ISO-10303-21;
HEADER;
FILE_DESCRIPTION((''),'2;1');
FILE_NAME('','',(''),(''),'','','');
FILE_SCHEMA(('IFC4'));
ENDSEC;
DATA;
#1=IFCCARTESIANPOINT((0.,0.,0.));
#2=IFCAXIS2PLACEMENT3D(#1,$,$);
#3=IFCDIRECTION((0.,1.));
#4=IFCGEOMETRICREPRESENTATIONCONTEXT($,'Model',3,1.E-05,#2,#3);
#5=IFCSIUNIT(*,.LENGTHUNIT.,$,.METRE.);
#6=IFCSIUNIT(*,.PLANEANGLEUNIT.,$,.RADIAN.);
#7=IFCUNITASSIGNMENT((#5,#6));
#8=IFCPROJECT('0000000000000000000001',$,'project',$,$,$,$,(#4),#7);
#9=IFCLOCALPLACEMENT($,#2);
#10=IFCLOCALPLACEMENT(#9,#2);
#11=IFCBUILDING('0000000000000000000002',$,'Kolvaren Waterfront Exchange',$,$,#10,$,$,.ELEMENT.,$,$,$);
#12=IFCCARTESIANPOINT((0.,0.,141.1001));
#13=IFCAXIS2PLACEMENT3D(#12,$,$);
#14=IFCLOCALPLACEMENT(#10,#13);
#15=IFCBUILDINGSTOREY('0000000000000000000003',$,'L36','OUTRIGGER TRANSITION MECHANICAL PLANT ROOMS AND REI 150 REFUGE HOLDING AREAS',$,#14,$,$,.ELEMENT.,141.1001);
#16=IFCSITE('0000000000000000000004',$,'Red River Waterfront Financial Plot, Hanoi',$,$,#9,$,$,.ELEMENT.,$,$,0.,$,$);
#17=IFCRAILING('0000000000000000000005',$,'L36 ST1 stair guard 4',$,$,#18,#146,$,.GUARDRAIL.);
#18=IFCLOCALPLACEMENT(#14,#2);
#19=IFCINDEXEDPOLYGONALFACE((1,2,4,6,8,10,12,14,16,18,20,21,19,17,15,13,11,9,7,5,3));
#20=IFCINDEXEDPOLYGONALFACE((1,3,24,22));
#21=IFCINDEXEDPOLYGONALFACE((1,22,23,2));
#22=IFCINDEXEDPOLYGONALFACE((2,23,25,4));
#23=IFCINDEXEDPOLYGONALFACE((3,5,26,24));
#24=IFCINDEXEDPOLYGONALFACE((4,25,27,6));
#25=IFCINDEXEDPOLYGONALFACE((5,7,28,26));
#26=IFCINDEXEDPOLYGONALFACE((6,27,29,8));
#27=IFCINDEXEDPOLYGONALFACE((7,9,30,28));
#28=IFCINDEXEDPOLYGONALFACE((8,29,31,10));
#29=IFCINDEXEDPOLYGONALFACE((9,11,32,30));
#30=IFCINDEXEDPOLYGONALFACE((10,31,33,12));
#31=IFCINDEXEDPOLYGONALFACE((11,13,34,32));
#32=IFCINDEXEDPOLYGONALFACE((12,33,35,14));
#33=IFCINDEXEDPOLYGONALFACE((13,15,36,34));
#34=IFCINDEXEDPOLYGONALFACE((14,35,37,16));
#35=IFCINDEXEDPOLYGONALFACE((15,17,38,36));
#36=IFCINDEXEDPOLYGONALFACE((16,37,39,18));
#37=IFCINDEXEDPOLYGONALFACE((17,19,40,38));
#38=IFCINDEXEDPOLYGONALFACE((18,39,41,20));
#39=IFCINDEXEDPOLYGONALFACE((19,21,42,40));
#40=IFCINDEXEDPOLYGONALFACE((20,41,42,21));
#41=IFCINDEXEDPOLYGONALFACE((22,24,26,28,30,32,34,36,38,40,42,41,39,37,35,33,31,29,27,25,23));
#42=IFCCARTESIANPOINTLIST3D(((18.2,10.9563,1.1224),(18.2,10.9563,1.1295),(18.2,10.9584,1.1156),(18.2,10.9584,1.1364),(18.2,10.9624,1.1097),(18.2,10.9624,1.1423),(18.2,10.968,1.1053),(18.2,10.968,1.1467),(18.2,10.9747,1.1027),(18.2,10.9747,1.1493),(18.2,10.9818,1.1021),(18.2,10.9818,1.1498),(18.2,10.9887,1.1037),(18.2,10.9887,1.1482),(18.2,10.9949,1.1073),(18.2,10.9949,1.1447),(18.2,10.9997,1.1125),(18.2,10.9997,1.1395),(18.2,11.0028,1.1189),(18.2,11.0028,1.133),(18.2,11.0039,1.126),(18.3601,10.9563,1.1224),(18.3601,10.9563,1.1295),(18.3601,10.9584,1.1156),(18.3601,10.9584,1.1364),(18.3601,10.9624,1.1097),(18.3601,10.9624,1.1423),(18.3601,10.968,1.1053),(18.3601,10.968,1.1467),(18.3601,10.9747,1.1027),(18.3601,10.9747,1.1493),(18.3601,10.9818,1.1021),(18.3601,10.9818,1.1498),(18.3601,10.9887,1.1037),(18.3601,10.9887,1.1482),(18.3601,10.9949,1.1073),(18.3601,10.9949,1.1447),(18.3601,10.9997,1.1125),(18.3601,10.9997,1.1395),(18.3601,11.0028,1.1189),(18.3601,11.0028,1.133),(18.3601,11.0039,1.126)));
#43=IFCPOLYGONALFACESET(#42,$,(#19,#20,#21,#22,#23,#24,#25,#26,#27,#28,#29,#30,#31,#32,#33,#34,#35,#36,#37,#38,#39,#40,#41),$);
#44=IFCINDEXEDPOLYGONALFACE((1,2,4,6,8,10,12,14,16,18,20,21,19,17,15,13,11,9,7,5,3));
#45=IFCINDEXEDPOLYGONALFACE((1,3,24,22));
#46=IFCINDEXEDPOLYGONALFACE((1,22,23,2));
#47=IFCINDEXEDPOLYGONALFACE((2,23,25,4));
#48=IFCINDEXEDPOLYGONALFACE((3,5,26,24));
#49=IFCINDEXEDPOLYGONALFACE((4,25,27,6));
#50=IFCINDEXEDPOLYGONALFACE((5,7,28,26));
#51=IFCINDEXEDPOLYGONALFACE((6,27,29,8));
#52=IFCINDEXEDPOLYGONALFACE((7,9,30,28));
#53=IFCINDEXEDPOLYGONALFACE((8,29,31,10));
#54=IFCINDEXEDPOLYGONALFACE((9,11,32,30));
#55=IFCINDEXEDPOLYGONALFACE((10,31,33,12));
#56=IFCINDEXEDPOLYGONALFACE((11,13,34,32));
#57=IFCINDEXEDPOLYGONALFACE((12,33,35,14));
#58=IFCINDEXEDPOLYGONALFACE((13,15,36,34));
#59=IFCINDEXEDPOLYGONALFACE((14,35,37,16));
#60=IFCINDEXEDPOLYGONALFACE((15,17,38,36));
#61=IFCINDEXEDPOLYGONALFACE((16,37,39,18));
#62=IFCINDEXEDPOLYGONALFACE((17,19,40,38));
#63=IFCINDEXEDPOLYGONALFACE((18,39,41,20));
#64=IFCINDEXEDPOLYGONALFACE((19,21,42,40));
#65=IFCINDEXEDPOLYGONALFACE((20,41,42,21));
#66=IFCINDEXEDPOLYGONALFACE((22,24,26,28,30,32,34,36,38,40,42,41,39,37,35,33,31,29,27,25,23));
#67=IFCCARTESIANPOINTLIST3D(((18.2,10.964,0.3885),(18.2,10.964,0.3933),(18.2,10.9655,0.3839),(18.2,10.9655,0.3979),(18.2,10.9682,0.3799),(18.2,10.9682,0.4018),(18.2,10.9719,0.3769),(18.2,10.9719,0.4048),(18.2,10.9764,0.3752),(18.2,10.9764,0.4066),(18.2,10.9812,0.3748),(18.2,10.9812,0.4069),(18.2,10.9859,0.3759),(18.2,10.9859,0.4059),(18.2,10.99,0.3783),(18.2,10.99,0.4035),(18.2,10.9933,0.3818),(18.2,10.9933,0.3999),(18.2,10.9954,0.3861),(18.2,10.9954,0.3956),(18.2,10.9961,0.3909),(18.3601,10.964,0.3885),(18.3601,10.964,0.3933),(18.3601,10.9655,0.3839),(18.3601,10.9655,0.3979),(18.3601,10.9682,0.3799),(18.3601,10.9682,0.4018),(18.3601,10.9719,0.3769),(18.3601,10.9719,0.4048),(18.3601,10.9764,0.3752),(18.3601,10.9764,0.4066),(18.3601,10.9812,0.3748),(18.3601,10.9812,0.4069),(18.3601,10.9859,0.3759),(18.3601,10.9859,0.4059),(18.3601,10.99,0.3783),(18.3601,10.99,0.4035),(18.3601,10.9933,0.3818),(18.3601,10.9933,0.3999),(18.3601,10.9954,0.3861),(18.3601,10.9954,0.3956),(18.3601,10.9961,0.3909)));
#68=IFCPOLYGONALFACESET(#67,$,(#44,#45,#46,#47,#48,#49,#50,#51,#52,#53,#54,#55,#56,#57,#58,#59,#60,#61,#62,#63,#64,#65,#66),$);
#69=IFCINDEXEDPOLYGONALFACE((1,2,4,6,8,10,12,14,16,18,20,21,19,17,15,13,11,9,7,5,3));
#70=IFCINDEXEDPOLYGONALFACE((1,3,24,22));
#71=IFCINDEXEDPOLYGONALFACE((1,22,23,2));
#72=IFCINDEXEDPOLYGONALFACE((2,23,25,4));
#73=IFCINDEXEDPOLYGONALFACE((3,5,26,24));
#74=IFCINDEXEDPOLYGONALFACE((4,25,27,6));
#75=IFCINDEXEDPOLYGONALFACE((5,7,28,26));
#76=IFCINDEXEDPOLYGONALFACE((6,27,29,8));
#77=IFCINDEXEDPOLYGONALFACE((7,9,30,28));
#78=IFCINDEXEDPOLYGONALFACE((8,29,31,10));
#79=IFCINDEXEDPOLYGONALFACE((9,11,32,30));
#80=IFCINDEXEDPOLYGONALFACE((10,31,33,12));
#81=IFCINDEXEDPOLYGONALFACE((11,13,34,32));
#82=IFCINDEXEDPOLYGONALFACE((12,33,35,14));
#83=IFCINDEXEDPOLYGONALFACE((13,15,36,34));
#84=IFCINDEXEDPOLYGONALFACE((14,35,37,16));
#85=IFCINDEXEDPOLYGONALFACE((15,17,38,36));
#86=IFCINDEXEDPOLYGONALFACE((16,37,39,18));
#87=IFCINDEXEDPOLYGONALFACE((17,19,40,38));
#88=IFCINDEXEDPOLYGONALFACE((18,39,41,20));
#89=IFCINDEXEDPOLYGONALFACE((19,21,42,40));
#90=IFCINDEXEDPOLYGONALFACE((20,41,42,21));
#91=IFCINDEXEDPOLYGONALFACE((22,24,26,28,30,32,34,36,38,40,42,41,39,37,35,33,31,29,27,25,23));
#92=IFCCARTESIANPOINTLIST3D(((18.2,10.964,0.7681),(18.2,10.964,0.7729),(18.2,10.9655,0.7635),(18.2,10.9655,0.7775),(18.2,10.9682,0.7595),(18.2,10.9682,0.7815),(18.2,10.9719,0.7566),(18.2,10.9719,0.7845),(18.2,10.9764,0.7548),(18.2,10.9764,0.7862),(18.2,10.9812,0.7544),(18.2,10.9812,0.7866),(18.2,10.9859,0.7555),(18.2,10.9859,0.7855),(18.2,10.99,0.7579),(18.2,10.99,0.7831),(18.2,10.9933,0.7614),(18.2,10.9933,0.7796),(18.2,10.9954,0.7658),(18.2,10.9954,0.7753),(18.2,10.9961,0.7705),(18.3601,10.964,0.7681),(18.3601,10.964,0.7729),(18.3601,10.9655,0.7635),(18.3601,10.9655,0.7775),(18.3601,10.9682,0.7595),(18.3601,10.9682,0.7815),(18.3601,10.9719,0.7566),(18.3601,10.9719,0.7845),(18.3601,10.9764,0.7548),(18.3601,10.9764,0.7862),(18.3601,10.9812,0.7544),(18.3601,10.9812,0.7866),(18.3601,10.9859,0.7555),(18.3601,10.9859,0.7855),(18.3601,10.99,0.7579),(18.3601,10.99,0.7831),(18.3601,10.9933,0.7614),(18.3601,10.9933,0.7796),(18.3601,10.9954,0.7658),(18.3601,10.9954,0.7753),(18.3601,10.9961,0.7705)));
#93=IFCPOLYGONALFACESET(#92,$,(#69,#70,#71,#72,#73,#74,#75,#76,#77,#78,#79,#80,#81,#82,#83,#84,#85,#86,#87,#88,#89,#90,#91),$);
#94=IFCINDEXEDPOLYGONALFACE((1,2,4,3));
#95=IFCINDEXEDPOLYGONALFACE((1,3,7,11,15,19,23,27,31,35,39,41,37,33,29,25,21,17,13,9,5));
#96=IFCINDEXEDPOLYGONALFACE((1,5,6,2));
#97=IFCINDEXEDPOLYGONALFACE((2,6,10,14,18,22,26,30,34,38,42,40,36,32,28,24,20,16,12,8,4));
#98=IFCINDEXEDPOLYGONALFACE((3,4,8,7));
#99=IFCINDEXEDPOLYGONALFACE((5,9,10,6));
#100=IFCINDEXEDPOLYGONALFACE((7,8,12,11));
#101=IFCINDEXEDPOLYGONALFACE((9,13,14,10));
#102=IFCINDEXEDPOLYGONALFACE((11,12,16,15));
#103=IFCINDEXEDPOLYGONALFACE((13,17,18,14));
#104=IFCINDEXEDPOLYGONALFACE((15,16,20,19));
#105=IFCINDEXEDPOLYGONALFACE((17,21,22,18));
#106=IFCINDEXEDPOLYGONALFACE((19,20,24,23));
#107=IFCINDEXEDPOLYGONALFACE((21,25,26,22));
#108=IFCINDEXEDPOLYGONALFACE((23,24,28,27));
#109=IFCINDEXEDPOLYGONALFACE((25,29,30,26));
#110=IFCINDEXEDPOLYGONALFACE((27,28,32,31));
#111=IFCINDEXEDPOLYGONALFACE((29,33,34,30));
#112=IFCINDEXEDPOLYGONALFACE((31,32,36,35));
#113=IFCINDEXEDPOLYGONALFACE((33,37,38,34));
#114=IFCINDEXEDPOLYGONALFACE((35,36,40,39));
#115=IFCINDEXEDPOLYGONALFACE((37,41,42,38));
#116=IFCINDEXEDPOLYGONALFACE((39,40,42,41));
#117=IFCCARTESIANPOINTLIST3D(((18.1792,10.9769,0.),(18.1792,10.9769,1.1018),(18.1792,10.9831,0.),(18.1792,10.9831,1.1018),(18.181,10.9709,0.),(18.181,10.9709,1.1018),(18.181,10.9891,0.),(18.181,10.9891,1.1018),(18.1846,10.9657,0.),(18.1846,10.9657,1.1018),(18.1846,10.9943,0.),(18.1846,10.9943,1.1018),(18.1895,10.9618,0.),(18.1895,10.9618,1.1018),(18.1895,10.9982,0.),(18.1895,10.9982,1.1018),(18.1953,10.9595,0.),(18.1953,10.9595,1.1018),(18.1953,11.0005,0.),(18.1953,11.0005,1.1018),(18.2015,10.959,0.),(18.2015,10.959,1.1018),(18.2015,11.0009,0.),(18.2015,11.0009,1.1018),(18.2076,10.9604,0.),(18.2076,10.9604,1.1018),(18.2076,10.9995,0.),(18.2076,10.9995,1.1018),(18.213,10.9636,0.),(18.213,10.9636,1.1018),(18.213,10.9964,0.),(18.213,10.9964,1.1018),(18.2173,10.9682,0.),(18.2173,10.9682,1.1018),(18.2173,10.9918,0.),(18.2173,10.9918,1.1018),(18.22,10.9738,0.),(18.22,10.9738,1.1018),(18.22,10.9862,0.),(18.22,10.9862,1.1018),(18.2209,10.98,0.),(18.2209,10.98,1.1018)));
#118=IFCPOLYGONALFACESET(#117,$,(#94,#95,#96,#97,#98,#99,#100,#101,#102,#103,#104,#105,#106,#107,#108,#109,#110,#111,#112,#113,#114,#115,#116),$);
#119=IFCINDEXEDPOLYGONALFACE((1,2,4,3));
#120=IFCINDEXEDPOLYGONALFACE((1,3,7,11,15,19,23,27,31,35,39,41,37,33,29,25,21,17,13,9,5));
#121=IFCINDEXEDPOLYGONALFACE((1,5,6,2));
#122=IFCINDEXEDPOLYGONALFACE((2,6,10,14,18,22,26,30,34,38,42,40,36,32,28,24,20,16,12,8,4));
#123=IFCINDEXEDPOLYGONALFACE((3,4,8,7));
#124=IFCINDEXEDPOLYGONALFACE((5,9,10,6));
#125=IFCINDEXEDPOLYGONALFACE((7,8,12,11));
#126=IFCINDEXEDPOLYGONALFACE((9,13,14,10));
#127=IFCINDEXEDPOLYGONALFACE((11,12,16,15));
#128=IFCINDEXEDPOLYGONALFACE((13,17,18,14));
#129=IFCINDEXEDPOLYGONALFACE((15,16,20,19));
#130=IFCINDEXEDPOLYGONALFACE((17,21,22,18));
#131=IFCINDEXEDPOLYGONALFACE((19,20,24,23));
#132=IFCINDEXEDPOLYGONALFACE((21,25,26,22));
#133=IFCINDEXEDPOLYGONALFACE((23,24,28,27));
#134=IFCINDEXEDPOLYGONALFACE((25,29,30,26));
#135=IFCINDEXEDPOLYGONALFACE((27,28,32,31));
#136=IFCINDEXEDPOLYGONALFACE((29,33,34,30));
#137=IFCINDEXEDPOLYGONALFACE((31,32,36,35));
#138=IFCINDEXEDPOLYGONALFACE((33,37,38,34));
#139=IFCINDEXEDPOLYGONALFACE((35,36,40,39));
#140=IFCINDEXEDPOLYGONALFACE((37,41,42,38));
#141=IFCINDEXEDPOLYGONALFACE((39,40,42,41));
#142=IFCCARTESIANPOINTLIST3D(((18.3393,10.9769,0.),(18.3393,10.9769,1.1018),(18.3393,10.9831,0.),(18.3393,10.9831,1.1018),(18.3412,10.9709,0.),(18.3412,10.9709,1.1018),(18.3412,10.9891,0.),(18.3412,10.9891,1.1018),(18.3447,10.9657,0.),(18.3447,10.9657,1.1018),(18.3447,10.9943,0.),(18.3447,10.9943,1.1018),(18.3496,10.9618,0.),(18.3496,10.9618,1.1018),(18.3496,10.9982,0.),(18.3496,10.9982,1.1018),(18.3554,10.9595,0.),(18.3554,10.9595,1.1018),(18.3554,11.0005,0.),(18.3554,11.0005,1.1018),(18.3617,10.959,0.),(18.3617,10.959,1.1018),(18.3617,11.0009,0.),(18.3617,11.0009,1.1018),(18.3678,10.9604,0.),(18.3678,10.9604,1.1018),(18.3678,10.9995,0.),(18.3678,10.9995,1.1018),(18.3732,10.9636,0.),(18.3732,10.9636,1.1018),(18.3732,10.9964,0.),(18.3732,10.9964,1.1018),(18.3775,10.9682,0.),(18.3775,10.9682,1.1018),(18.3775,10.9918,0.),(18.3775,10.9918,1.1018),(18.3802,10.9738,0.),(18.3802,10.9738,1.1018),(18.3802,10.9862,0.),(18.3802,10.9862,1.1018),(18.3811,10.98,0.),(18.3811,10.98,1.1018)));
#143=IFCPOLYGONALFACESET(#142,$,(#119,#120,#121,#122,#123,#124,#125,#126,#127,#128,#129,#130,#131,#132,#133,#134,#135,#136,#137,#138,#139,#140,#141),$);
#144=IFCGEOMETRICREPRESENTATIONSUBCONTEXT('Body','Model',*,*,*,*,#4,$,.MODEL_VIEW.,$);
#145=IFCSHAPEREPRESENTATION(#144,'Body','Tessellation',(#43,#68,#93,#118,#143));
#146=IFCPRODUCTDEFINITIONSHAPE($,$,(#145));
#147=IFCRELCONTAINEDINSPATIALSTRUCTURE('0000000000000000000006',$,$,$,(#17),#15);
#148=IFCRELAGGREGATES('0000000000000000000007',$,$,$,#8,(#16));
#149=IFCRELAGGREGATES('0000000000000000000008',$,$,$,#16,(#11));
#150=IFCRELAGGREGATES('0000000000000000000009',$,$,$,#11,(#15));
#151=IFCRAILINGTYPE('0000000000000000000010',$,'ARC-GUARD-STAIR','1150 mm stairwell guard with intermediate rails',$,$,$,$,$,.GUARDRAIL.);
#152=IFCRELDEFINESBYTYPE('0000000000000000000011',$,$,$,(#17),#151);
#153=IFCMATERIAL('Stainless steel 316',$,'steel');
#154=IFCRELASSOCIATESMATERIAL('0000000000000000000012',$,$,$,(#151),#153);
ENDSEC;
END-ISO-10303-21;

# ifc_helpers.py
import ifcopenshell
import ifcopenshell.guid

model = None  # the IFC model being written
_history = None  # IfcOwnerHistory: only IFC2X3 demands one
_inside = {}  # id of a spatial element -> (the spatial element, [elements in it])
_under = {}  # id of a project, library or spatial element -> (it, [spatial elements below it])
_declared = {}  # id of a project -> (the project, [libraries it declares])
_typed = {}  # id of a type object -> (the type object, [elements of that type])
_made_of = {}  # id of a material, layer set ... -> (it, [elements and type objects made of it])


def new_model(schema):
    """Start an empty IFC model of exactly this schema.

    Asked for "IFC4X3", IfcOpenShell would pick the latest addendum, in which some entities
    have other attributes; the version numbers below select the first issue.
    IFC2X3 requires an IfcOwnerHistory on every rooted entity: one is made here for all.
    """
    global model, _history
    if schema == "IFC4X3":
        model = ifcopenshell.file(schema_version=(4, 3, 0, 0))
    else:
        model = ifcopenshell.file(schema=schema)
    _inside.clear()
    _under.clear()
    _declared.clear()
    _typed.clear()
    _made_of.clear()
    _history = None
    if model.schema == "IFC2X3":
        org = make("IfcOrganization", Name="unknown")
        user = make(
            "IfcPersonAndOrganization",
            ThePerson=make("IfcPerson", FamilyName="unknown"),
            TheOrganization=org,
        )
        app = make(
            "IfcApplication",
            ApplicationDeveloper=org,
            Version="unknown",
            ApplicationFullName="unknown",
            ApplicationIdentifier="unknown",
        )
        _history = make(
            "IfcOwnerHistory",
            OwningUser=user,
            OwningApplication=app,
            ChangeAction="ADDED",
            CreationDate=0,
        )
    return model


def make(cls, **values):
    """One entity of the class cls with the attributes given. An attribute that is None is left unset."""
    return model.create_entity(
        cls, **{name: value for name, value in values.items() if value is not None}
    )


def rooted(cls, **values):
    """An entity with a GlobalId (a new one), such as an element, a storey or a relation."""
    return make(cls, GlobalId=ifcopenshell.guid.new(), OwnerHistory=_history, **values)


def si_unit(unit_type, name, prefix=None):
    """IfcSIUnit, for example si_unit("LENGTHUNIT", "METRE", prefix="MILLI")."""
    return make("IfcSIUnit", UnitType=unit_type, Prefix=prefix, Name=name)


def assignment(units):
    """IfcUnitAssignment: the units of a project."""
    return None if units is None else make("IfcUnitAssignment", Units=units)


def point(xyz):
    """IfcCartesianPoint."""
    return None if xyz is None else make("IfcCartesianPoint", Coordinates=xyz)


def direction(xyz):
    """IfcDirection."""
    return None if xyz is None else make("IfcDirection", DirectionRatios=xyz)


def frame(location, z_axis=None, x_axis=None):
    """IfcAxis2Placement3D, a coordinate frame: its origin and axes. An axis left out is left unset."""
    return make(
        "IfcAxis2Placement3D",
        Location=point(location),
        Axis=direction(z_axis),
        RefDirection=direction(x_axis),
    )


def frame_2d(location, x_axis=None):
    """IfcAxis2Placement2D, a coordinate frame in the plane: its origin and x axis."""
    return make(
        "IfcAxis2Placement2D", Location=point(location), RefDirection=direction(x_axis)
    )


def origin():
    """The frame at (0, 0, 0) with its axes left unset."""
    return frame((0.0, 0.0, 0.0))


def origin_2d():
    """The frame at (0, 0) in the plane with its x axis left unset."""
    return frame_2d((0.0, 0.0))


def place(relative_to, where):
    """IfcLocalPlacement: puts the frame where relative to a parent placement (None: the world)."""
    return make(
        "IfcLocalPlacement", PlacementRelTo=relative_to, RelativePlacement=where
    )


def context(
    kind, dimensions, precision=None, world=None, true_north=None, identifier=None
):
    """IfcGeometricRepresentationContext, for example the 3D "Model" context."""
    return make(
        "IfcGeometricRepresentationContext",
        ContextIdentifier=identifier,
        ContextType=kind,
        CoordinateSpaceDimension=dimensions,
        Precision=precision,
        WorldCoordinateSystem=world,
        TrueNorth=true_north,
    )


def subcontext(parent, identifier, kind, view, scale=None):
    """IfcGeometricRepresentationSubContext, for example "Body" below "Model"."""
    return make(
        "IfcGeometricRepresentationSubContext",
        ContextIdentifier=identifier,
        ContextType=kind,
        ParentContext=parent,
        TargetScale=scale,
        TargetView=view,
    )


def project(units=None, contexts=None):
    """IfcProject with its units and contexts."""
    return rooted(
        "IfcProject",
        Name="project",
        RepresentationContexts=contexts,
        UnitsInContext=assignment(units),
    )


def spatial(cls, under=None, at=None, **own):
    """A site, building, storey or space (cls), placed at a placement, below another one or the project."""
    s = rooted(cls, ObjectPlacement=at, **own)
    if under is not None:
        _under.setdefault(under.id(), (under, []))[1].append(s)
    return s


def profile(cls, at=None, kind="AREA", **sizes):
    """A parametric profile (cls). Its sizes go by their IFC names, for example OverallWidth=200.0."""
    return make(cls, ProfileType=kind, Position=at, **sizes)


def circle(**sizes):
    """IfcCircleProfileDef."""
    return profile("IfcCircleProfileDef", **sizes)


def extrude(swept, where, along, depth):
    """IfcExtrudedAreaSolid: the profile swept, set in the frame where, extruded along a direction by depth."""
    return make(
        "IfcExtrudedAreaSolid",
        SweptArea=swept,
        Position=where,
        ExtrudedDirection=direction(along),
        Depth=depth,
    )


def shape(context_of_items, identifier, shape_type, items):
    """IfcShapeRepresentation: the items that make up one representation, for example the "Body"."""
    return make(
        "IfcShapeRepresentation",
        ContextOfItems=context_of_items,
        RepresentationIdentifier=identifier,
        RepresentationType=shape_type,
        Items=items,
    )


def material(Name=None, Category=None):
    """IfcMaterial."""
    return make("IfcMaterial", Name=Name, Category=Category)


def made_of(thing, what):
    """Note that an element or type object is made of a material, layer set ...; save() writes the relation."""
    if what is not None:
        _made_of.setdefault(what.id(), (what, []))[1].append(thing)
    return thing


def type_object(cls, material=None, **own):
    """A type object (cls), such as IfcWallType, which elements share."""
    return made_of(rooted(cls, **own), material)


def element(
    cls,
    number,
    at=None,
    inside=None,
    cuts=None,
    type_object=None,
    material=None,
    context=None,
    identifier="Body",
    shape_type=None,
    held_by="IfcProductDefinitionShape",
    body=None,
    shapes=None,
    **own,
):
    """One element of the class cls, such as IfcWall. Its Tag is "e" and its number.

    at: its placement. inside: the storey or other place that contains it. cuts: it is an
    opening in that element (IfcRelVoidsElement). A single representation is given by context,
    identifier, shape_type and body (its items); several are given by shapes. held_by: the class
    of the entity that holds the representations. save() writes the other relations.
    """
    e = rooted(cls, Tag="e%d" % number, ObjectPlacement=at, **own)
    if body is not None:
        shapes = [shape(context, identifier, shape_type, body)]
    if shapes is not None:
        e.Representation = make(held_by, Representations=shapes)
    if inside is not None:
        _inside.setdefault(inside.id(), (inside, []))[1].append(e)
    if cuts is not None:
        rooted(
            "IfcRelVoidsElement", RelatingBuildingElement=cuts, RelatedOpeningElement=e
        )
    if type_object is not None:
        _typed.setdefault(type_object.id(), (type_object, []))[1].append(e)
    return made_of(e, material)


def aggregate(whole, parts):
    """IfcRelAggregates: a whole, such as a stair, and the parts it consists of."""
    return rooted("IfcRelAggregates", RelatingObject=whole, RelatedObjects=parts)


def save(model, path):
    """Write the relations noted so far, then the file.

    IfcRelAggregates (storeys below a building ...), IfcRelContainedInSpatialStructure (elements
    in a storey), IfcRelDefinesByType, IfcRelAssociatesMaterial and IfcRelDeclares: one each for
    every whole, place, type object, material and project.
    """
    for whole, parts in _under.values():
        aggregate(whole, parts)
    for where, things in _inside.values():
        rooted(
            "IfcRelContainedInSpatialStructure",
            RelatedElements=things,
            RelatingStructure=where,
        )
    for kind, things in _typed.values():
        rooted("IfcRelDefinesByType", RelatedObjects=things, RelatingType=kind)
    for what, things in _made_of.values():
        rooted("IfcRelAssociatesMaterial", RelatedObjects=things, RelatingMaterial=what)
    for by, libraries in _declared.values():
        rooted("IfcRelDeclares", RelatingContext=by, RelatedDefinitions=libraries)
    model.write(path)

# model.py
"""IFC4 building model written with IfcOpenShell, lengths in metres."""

from ifc_helpers import new_model, si_unit, direction, frame, origin, origin_2d, place, context, subcontext, project, spatial, circle, extrude, material, type_object, element, save


model = new_model("IFC4")

# Units and contexts
model_context = context("Model", 3, precision=1e-05, world=origin(), true_north=direction((0.0, 1.0)))
body_context = subcontext(model_context, "Body", "Model", "MODEL_VIEW")
ifc_project = project(units=[si_unit("LENGTHUNIT", "METRE"), si_unit("PLANEANGLEUNIT", "RADIAN")], contexts=[model_context])

# Site, building, storey
site_placement = place(None, origin())
site = spatial("IfcSite", under=ifc_project, at=site_placement, Name="Red River Waterfront Financial Plot, Hanoi", CompositionType="ELEMENT", RefElevation=0.0)
building_placement = place(site_placement, origin())
building = spatial("IfcBuilding", under=site, at=building_placement, Name="Kolvaren Waterfront Exchange", CompositionType="ELEMENT")
storey_placement = place(building_placement, frame((0.0, 0.0, 141.1001)))
storey = spatial("IfcBuildingStorey", under=building, at=storey_placement, Name="L36", Description="OUTRIGGER TRANSITION MECHANICAL PLANT ROOMS AND REI 150 REFUGE HOLDING AREAS", CompositionType="ELEMENT", Elevation=141.1001)

# Railing
ifc_material_1 = material(Name="Stainless steel 316", Category="steel")
railing_type_1 = type_object("IfcRailingType", Name="ARC-GUARD-STAIR", Description="1150 mm stairwell guard with intermediate rails", PredefinedType="GUARDRAIL", material=ifc_material_1)
railing_1_placement = place(storey_placement, frame((18.2, 10.98, 0.0)))
element("IfcRailing", 1, at=railing_1_placement, inside=storey, type_object=railing_type_1, Name="L36 ST1 stair guard 4", PredefinedType="GUARDRAIL", context=body_context, shape_type="SweptSolid", body=[
    extrude(circle(Radius=0.0239, at=origin_2d()), frame((0.0, 0.0, 1.126), z_axis=(1.0, 0.0, 0.0), x_axis=(0.0, 1.0, 0.0)), (0.0, 0.0, 1.0), 0.1602),
    extrude(circle(Radius=0.0161, at=origin_2d()), frame((0.0, 0.0, 0.3909), z_axis=(1.0, 0.0, 0.0), x_axis=(0.0, 1.0, 0.0)), (0.0, 0.0, 1.0), 0.1602),
    extrude(circle(Radius=0.0161, at=origin_2d()), frame((0.0, 0.0, 0.7705), z_axis=(1.0, 0.0, 0.0), x_axis=(0.0, 1.0, 0.0)), (0.0, 0.0, 1.0), 0.1602),
    extrude(circle(Radius=0.021, at=origin_2d()), origin(), (0.0, 0.0, 1.0), 1.1018),
    extrude(circle(Radius=0.021, at=origin_2d()), frame((0.1602, 0.0, 0.0)), (0.0, 0.0, 1.0), 1.1018),
])

save(model, "model.ifc")
